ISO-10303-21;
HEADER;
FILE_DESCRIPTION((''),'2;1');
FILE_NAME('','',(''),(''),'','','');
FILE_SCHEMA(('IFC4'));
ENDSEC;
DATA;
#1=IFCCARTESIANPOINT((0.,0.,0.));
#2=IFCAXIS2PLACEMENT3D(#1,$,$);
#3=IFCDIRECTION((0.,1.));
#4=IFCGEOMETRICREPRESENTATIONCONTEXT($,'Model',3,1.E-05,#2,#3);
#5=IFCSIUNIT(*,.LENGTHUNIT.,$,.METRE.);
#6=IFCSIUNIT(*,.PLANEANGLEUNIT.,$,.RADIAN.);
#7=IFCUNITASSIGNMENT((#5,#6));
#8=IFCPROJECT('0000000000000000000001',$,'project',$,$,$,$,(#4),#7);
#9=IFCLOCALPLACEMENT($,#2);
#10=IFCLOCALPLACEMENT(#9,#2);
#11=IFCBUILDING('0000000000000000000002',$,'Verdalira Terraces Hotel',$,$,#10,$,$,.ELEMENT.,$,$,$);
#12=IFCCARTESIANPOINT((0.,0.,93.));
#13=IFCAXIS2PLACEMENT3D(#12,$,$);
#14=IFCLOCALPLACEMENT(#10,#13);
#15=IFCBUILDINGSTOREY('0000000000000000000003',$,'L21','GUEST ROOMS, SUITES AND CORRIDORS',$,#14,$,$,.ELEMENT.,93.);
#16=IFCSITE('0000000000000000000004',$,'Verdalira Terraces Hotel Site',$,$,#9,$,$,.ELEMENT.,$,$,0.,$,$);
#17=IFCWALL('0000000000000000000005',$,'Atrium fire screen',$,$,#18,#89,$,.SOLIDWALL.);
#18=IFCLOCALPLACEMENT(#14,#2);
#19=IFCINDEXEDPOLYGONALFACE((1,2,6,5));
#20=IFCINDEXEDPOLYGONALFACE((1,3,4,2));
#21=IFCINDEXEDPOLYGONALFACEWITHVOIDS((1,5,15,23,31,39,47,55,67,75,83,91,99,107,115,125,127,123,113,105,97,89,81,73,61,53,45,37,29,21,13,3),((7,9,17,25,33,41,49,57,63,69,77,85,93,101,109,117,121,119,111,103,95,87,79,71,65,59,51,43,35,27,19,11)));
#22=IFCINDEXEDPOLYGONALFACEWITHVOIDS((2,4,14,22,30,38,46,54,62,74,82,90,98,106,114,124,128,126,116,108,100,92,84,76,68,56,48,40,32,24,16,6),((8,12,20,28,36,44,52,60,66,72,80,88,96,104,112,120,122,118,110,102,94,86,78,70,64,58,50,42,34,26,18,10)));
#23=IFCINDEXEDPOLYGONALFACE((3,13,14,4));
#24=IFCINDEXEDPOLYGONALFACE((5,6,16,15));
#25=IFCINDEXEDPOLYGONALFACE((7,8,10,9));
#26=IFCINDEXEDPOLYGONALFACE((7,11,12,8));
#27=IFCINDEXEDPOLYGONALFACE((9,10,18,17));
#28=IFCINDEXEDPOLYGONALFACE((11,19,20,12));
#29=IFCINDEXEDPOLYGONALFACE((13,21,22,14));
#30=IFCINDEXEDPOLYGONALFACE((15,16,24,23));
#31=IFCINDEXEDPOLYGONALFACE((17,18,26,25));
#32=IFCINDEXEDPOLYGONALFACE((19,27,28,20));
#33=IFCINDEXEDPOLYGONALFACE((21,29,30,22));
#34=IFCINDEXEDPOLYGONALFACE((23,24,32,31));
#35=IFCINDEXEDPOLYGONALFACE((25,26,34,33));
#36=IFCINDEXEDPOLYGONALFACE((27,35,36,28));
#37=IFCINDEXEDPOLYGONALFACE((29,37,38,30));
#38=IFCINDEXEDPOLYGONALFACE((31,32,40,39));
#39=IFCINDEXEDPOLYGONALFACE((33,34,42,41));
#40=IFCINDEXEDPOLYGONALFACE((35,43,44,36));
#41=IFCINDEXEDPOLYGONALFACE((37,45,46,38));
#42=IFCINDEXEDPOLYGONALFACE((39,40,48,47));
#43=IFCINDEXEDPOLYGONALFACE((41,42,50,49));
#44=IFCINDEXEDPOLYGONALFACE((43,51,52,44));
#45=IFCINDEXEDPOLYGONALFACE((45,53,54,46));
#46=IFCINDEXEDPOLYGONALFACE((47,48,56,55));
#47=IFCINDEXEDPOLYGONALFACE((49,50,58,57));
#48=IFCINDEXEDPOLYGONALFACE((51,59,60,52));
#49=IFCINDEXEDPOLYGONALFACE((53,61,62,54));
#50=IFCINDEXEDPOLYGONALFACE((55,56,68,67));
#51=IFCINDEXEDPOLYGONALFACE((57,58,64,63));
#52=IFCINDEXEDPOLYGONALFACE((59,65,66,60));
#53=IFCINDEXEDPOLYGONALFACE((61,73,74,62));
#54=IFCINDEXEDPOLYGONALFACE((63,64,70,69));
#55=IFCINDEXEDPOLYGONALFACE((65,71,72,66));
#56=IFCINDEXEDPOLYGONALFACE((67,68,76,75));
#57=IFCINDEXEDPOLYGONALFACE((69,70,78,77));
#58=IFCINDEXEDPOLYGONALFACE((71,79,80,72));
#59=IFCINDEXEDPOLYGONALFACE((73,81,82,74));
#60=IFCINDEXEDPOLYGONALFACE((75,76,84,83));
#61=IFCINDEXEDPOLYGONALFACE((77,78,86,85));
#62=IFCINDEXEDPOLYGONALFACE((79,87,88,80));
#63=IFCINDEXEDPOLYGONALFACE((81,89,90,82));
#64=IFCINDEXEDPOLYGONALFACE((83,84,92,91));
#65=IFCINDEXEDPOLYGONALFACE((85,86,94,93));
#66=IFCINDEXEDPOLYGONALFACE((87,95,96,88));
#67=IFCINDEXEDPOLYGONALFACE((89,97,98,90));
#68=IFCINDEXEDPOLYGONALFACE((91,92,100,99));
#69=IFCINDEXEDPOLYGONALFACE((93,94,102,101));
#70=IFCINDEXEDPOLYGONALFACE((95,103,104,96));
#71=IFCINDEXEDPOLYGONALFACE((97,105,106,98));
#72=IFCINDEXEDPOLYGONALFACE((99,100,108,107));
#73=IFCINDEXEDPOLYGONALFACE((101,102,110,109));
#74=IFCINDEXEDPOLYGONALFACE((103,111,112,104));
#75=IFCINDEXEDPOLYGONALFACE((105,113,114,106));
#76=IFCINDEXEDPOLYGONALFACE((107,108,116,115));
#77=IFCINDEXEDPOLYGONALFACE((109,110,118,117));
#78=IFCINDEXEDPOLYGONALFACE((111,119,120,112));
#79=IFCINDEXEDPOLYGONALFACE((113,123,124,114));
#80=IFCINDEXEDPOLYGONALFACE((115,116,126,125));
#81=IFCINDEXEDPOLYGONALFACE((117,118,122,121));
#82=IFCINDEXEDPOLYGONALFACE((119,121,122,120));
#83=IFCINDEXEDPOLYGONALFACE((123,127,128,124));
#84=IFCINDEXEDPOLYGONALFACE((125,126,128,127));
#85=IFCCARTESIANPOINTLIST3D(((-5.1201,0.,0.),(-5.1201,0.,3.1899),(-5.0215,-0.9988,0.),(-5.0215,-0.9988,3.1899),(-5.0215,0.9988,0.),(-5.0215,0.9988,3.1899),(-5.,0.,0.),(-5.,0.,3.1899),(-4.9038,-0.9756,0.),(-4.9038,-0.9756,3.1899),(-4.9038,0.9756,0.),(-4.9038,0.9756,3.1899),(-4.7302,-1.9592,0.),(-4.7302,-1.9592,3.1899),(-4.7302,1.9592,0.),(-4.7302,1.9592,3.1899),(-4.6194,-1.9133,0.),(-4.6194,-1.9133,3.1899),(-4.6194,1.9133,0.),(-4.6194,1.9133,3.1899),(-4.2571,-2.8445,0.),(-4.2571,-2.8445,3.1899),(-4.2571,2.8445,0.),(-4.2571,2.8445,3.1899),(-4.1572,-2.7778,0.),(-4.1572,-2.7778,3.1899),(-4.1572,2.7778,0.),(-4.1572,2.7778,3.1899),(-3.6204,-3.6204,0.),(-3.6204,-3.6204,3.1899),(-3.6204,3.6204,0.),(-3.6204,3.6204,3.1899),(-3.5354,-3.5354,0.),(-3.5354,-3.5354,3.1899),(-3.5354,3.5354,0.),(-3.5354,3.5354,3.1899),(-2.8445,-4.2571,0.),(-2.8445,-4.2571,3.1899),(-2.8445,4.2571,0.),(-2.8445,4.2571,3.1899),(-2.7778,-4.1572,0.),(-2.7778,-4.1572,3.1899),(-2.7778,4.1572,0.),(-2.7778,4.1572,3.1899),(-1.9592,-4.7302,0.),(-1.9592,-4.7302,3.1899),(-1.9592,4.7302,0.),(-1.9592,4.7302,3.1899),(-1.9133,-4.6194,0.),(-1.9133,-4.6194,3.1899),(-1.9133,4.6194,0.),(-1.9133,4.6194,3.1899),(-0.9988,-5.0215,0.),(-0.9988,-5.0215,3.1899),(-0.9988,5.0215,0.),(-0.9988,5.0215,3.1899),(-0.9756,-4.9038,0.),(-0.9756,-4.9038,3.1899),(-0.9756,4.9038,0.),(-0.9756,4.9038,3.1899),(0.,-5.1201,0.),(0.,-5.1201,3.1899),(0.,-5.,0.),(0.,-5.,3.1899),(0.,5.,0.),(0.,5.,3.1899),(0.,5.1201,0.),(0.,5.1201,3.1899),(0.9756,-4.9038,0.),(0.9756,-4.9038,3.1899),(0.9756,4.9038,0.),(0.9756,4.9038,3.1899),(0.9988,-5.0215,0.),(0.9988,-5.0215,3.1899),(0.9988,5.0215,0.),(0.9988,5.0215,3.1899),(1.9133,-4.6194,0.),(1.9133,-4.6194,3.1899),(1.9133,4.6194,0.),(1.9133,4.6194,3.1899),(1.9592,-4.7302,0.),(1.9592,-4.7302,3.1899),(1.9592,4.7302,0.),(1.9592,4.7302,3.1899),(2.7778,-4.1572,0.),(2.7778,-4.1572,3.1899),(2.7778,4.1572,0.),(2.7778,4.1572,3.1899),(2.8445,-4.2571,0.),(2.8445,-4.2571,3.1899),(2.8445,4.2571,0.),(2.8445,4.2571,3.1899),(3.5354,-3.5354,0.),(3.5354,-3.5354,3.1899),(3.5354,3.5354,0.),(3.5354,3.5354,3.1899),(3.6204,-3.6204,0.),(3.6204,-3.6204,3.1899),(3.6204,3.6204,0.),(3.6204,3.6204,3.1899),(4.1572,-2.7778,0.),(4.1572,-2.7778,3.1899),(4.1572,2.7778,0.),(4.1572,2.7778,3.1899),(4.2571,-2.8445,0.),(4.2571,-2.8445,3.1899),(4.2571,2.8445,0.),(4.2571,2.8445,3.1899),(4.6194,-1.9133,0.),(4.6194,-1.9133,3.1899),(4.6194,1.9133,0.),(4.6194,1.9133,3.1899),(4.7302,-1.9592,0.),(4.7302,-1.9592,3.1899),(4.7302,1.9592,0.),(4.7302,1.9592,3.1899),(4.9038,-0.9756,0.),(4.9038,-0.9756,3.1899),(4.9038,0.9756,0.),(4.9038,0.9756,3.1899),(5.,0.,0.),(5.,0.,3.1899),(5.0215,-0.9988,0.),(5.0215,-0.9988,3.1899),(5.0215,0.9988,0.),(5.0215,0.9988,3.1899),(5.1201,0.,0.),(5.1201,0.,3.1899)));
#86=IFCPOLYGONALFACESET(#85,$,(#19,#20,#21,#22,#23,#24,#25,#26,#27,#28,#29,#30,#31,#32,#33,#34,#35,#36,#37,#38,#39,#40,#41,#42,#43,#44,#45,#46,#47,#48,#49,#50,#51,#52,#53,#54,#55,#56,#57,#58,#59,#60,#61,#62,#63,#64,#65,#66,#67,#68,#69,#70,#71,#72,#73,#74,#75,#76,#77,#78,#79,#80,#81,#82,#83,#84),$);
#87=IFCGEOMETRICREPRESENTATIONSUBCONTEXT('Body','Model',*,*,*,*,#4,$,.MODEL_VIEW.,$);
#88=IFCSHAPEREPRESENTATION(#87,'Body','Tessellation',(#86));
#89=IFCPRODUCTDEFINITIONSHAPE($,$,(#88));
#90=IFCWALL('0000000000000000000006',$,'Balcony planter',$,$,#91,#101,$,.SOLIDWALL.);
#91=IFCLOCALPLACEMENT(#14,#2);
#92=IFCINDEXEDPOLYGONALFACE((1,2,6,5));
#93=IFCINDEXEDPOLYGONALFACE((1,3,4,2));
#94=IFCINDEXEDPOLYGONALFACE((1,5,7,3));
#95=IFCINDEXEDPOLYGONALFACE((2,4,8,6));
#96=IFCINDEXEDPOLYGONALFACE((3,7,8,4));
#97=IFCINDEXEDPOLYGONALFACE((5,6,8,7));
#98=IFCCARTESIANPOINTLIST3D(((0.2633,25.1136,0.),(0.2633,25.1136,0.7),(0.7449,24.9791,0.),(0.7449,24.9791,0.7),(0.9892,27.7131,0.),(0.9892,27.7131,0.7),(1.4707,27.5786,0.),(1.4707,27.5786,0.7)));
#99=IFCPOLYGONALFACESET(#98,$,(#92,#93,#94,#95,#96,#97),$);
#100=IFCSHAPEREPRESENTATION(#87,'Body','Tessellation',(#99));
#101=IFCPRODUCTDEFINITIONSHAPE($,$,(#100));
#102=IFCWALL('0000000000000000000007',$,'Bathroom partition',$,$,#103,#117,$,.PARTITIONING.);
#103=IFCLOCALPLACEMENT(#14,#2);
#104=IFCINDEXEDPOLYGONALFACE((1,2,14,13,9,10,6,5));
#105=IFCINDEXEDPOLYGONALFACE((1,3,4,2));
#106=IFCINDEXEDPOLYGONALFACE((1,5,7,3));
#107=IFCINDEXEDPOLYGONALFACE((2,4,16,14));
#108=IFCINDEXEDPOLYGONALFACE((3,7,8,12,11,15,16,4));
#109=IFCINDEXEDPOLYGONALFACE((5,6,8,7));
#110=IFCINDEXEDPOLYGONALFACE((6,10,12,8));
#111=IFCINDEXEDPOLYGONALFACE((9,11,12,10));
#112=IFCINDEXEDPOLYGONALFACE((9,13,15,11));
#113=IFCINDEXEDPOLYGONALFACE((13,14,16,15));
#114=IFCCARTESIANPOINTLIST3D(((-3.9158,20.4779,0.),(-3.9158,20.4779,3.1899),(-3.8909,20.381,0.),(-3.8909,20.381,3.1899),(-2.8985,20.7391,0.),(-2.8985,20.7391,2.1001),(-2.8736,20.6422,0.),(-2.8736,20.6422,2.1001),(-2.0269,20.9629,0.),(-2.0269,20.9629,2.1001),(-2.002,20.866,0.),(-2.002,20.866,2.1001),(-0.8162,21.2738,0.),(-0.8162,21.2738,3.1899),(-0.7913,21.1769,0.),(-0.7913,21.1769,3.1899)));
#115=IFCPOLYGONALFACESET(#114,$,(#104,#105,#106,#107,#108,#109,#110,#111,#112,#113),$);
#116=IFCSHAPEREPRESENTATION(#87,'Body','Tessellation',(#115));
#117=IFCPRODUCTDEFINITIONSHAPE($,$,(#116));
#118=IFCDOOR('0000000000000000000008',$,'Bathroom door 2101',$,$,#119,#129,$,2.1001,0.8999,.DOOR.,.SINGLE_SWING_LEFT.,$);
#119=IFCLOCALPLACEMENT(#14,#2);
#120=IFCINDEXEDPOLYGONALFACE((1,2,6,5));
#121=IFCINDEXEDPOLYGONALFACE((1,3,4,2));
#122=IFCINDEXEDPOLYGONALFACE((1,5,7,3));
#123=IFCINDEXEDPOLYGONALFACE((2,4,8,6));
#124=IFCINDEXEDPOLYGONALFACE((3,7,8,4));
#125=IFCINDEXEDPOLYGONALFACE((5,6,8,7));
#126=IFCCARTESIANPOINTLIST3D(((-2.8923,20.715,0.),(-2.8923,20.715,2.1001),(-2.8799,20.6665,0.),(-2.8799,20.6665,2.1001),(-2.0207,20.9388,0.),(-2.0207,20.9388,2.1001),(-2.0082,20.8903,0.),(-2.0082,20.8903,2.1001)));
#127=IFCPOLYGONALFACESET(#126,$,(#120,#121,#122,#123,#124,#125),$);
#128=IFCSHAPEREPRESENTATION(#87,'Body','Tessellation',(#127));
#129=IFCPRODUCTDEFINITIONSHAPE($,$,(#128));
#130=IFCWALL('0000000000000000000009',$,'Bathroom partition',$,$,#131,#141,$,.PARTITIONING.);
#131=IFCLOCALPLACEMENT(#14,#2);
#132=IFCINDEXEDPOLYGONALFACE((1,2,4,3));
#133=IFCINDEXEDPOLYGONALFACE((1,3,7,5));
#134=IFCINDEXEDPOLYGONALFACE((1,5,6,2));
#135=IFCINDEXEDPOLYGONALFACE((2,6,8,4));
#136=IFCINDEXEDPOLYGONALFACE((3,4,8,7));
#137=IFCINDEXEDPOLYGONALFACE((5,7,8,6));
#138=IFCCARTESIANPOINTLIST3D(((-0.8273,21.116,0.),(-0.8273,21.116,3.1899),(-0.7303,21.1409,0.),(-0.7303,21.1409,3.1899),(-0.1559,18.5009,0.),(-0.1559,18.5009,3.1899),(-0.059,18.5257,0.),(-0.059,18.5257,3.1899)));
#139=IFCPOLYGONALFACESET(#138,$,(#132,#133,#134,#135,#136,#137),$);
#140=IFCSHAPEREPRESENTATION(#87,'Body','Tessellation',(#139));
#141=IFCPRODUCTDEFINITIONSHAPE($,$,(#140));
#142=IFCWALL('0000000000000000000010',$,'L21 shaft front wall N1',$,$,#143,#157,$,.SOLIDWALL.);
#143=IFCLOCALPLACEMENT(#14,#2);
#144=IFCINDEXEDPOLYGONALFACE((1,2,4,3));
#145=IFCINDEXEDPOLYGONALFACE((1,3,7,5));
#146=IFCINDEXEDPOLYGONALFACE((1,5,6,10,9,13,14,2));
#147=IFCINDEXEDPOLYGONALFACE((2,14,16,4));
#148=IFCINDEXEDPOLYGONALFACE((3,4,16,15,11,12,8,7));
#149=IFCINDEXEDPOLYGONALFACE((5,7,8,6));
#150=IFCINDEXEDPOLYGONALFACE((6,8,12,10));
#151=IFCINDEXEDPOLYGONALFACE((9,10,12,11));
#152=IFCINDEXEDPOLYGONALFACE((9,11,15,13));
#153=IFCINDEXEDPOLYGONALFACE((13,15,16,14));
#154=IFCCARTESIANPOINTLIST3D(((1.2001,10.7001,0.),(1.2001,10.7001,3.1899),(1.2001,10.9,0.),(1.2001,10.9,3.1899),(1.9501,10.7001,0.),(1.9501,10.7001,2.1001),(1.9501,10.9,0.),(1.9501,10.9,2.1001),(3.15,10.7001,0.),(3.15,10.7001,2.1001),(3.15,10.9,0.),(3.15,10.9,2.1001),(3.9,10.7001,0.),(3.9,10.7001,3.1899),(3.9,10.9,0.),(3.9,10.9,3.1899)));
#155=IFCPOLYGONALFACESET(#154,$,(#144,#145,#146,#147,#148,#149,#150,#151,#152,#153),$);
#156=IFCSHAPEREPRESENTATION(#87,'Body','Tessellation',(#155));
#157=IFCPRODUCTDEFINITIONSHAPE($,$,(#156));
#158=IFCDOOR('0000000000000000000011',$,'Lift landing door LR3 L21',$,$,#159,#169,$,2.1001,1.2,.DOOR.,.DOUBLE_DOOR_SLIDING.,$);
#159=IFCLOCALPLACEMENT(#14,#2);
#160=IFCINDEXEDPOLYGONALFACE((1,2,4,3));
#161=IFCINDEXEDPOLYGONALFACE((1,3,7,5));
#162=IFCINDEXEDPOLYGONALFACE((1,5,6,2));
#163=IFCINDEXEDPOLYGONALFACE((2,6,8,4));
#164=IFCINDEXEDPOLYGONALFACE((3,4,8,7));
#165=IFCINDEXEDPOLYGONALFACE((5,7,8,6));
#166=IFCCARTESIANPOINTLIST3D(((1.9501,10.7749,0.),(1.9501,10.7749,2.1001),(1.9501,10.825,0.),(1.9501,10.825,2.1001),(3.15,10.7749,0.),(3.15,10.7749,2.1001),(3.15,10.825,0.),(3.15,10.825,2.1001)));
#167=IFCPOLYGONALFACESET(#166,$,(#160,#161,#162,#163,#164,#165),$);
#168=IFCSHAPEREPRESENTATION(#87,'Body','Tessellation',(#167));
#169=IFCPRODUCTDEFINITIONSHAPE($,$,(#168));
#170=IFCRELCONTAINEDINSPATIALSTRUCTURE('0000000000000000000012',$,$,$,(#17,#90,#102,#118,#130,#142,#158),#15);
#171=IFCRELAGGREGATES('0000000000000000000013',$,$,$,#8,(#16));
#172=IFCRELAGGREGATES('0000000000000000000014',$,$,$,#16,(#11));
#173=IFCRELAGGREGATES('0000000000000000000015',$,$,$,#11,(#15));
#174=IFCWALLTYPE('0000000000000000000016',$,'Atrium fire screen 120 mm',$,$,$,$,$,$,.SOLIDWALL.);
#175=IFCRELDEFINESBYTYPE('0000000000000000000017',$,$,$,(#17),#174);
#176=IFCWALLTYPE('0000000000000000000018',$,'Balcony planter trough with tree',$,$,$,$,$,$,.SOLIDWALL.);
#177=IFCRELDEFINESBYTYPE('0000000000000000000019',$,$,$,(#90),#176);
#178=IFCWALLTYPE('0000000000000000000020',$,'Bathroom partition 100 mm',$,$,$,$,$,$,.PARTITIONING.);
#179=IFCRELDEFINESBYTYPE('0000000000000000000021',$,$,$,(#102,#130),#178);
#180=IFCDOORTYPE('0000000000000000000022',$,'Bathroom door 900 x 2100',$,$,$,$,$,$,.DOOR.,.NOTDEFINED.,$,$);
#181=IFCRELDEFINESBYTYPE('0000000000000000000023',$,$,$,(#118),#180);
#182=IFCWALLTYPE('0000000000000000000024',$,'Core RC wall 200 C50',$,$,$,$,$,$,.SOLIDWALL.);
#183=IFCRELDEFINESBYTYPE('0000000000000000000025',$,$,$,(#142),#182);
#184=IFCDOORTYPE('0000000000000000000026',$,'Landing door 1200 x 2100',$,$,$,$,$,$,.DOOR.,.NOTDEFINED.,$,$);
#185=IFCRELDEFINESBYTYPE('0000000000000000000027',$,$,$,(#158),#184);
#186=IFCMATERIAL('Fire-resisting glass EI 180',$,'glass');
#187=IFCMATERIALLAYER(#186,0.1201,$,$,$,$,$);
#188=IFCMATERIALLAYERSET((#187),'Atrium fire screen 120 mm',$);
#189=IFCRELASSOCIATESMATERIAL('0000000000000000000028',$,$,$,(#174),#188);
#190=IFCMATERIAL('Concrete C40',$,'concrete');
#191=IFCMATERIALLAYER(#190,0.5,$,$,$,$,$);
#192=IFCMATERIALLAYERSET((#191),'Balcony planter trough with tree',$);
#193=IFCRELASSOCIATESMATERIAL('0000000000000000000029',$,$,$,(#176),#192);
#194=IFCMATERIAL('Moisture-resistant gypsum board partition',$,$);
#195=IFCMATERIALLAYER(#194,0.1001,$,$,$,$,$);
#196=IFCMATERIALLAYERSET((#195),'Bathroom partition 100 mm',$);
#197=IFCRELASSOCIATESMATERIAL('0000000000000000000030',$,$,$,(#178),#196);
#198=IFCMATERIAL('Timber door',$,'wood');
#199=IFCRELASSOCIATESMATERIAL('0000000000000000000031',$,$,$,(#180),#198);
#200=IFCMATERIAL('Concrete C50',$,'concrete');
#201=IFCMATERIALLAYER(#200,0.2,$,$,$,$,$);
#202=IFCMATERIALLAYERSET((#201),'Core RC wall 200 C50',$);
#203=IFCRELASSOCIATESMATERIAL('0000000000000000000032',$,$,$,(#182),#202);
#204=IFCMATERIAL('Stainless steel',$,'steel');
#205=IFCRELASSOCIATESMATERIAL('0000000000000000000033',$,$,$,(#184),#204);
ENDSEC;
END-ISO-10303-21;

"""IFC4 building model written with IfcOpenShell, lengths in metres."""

from ifc_helpers import new_model, si_unit, direction, frame, frame_2d, origin, place, context, subcontext, project, spatial, polyline, rectangle, outline, extrude, material, layer, layer_set, type_object, element, fill, save


model = new_model("IFC4")

# Units and contexts
model_context = context("Model", 3, precision=1e-05, world=origin(), true_north=direction((0.0, 1.0)))
body_context = subcontext(model_context, "Body", "Model", "MODEL_VIEW")
ifc_project = project(units=[si_unit("LENGTHUNIT", "METRE"), si_unit("PLANEANGLEUNIT", "RADIAN")], contexts=[model_context])

# Site, building, storey
site_placement = place(None, origin())
site = spatial("IfcSite", under=ifc_project, at=site_placement, Name="Verdalira Terraces Hotel Site", CompositionType="ELEMENT", RefElevation=0.0)
building_placement = place(site_placement, origin())
building = spatial("IfcBuilding", under=site, at=building_placement, Name="Verdalira Terraces Hotel", CompositionType="ELEMENT")
storey_placement = place(building_placement, frame((0.0, 0.0, 93.0)))
storey = spatial("IfcBuildingStorey", under=building, at=storey_placement, Name="L21", Description="GUEST ROOMS, SUITES AND CORRIDORS", CompositionType="ELEMENT", Elevation=93.0)

# Walls
ifc_material_1 = material(Name="Fire-resisting glass EI 180", Category="glass")
ifc_layer_1 = layer(ifc_material_1, 0.1201)
ifc_layer_set_1 = layer_set([ifc_layer_1], Name="Atrium fire screen 120 mm")
wall_type_1 = type_object("IfcWallType", Name="Atrium fire screen 120 mm", PredefinedType="SOLIDWALL", material=ifc_layer_set_1)
wall_1_placement = place(storey_placement, origin())
element("IfcWall", 1, at=wall_1_placement, inside=storey, type_object=wall_type_1, Name="Atrium fire screen", PredefinedType="SOLIDWALL", context=body_context, shape_type="SweptSolid", body=[
    extrude(outline(polyline([(5.0215, -0.9988), (4.7302, -1.9592), (4.2571, -2.8445), (3.6204, -3.6204), (2.8445, -4.2571), (1.9592, -4.7302), (0.9988, -5.0215), (0.0, -5.1201), (-0.9988, -5.0215), (-1.9592, -4.7302), (-2.8445, -4.2571), (-3.6204, -3.6204), (-4.2571, -2.8445), (-4.7302, -1.9592), (-5.0215, -0.9988), (-5.1201, 0.0), (-5.0215, 0.9988), (-4.7302, 1.9592), (-4.2571, 2.8445), (-3.6204, 3.6204), (-2.8445, 4.2571), (-1.9592, 4.7302), (-0.9988, 5.0215), (0.0, 5.1201), (0.9988, 5.0215), (1.9592, 4.7302), (2.8445, 4.2571), (3.6204, 3.6204), (4.2571, 2.8445), (4.7302, 1.9592), (5.0215, 0.9988), (5.1201, 0.0), (5.0215, -0.9988)]), holes=[polyline([(4.9038, 0.9756), (4.6194, 1.9133), (4.1572, 2.7778), (3.5354, 3.5354), (2.7778, 4.1572), (1.9133, 4.6194), (0.9756, 4.9038), (0.0, 5.0), (-0.9756, 4.9038), (-1.9133, 4.6194), (-2.7778, 4.1572), (-3.5354, 3.5354), (-4.1572, 2.7778), (-4.6194, 1.9133), (-4.9038, 0.9756), (-5.0, 0.0), (-4.9038, -0.9756), (-4.6194, -1.9133), (-4.1572, -2.7778), (-3.5354, -3.5354), (-2.7778, -4.1572), (-1.9133, -4.6194), (-0.9756, -4.9038), (0.0, -5.0), (0.9756, -4.9038), (1.9133, -4.6194), (2.7778, -4.1572), (3.5354, -3.5354), (4.1572, -2.7778), (4.6194, -1.9133), (4.9038, -0.9756), (5.0, 0.0), (4.9038, 0.9756)])]), origin(), (0.0, 0.0, 1.0), 3.1899),
])
ifc_material_2 = material(Name="Concrete C40", Category="concrete")
ifc_layer_2 = layer(ifc_material_2, 0.5)
ifc_layer_set_2 = layer_set([ifc_layer_2], Name="Balcony planter trough with tree")
wall_type_2 = type_object("IfcWallType", Name="Balcony planter trough with tree", PredefinedType="SOLIDWALL", material=ifc_layer_set_2)
wall_2_placement = place(storey_placement, frame((1.23, 27.646, 0.0), z_axis=(0.0, 0.0, 1.0), x_axis=(-0.268922, -0.963162, 0.0)))
element("IfcWall", 2, at=wall_2_placement, inside=storey, type_object=wall_type_2, Name="Balcony planter", PredefinedType="SOLIDWALL", context=body_context, shape_type="SweptSolid", body=[
    extrude(rectangle(XDim=2.699, YDim=0.5, at=frame_2d((1.3496, 0.0))), origin(), (0.0, 0.0, 1.0), 0.7),
])

# Wall, opening, door
ifc_material_3 = material(Name="Moisture-resistant gypsum board partition")
ifc_layer_3 = layer(ifc_material_3, 0.1001)
ifc_layer_set_3 = layer_set([ifc_layer_3], Name="Bathroom partition 100 mm")
wall_type_3 = type_object("IfcWallType", Name="Bathroom partition 100 mm", PredefinedType="PARTITIONING", material=ifc_layer_set_3)
wall_3_placement = place(storey_placement, frame((-0.8037, 21.2253, 0.0), z_axis=(0.0, 0.0, 1.0), x_axis=(-0.968579, -0.248706, 0.0)))
wall_3 = element("IfcWall", 3, at=wall_3_placement, inside=storey, type_object=wall_type_3, Name="Bathroom partition", PredefinedType="PARTITIONING", context=body_context, shape_type="SweptSolid", body=[
    extrude(rectangle(XDim=3.2002, YDim=0.1001, at=frame_2d((1.6001, 0.0))), origin(), (0.0, 0.0, 1.0), 3.1899),
])
opening_1_placement = place(wall_3_placement, frame((1.25, 0.0, 0.0)))
opening_1 = element("IfcOpeningElement", 4, at=opening_1_placement, cuts=wall_3, PredefinedType="OPENING", context=body_context, shape_type="SweptSolid", body=[
    extrude(rectangle(XDim=0.8999, YDim=2.1001, at=frame_2d((0.45, 1.05))), frame((0.0, 0.0601, 0.0), z_axis=(0.0, -1.0, 0.0), x_axis=(1.0, 0.0, 0.0)), (0.0, 0.0, 1.0), 0.1201),
])
ifc_material_4 = material(Name="Timber door", Category="wood")
door_type_1 = type_object("IfcDoorType", Name="Bathroom door 900 x 2100", OperationType="NOTDEFINED", PredefinedType="DOOR", material=ifc_material_4)
door_1_placement = place(opening_1_placement, origin())
door_1 = element("IfcDoor", 5, at=door_1_placement, inside=storey, type_object=door_type_1, Name="Bathroom door 2101", OperationType="SINGLE_SWING_LEFT", OverallHeight=2.1001, OverallWidth=0.8999, PredefinedType="DOOR", context=body_context, shape_type="SweptSolid", body=[
    extrude(rectangle(XDim=0.8999, YDim=2.1001, at=frame_2d((0.45, 1.05))), frame((0.0, 0.0249, 0.0), z_axis=(0.0, -1.0, 0.0), x_axis=(1.0, 0.0, 0.0)), (0.0, 0.0, 1.0), 0.05),
])
fill(opening_1, door_1)

# Wall
wall_4_placement = place(storey_placement, frame((-0.1074, 18.5132, 0.0), z_axis=(0.0, 0.0, 1.0), x_axis=(-0.248658, 0.968591, 0.0)))
element("IfcWall", 6, at=wall_4_placement, inside=storey, type_object=wall_type_3, Name="Bathroom partition", PredefinedType="PARTITIONING", context=body_context, shape_type="SweptSolid", body=[
    extrude(rectangle(XDim=2.7, YDim=0.1001, at=frame_2d((1.3501, 0.0))), origin(), (0.0, 0.0, 1.0), 3.1899),
])

# Wall, opening, door
ifc_material_5 = material(Name="Concrete C50", Category="concrete")
ifc_layer_4 = layer(ifc_material_5, 0.2)
ifc_layer_set_4 = layer_set([ifc_layer_4], Name="Core RC wall 200 C50")
wall_type_4 = type_object("IfcWallType", Name="Core RC wall 200 C50", PredefinedType="SOLIDWALL", material=ifc_layer_set_4)
wall_5_placement = place(storey_placement, frame((1.2, 10.8, 0.0), z_axis=(0.0, 0.0, 1.0), x_axis=(1.0, 0.0, 0.0)))
wall_5 = element("IfcWall", 7, at=wall_5_placement, inside=storey, type_object=wall_type_4, Name="L21 shaft front wall N1", PredefinedType="SOLIDWALL", context=body_context, shape_type="SweptSolid", body=[
    extrude(rectangle(XDim=2.7, YDim=0.2, at=frame_2d((1.3501, 0.0))), origin(), (0.0, 0.0, 1.0), 3.1899),
])
opening_2_placement = place(wall_5_placement, frame((0.75, 0.0, 0.0)))
opening_2 = element("IfcOpeningElement", 8, at=opening_2_placement, cuts=wall_5, PredefinedType="OPENING", context=body_context, shape_type="SweptSolid", body=[
    extrude(rectangle(XDim=1.2, YDim=2.1001, at=frame_2d((0.6001, 1.05))), frame((0.0, 0.1099, 0.0), z_axis=(0.0, -1.0, 0.0), x_axis=(1.0, 0.0, 0.0)), (0.0, 0.0, 1.0), 0.22),
])
ifc_material_6 = material(Name="Stainless steel", Category="steel")
door_type_2 = type_object("IfcDoorType", Name="Landing door 1200 x 2100", OperationType="NOTDEFINED", PredefinedType="DOOR", material=ifc_material_6)
door_2_placement = place(opening_2_placement, origin())
door_2 = element("IfcDoor", 9, at=door_2_placement, inside=storey, type_object=door_type_2, Name="Lift landing door LR3 L21", OperationType="DOUBLE_DOOR_SLIDING", OverallHeight=2.1001, OverallWidth=1.2, PredefinedType="DOOR", context=body_context, shape_type="SweptSolid", body=[
    extrude(rectangle(XDim=1.2, YDim=2.1001, at=frame_2d((0.6001, 1.05))), frame((0.0, 0.0249, 0.0), z_axis=(0.0, -1.0, 0.0), x_axis=(1.0, 0.0, 0.0)), (0.0, 0.0, 1.0), 0.05),
])
fill(opening_2, door_2)

save(model, "model.ifc")
